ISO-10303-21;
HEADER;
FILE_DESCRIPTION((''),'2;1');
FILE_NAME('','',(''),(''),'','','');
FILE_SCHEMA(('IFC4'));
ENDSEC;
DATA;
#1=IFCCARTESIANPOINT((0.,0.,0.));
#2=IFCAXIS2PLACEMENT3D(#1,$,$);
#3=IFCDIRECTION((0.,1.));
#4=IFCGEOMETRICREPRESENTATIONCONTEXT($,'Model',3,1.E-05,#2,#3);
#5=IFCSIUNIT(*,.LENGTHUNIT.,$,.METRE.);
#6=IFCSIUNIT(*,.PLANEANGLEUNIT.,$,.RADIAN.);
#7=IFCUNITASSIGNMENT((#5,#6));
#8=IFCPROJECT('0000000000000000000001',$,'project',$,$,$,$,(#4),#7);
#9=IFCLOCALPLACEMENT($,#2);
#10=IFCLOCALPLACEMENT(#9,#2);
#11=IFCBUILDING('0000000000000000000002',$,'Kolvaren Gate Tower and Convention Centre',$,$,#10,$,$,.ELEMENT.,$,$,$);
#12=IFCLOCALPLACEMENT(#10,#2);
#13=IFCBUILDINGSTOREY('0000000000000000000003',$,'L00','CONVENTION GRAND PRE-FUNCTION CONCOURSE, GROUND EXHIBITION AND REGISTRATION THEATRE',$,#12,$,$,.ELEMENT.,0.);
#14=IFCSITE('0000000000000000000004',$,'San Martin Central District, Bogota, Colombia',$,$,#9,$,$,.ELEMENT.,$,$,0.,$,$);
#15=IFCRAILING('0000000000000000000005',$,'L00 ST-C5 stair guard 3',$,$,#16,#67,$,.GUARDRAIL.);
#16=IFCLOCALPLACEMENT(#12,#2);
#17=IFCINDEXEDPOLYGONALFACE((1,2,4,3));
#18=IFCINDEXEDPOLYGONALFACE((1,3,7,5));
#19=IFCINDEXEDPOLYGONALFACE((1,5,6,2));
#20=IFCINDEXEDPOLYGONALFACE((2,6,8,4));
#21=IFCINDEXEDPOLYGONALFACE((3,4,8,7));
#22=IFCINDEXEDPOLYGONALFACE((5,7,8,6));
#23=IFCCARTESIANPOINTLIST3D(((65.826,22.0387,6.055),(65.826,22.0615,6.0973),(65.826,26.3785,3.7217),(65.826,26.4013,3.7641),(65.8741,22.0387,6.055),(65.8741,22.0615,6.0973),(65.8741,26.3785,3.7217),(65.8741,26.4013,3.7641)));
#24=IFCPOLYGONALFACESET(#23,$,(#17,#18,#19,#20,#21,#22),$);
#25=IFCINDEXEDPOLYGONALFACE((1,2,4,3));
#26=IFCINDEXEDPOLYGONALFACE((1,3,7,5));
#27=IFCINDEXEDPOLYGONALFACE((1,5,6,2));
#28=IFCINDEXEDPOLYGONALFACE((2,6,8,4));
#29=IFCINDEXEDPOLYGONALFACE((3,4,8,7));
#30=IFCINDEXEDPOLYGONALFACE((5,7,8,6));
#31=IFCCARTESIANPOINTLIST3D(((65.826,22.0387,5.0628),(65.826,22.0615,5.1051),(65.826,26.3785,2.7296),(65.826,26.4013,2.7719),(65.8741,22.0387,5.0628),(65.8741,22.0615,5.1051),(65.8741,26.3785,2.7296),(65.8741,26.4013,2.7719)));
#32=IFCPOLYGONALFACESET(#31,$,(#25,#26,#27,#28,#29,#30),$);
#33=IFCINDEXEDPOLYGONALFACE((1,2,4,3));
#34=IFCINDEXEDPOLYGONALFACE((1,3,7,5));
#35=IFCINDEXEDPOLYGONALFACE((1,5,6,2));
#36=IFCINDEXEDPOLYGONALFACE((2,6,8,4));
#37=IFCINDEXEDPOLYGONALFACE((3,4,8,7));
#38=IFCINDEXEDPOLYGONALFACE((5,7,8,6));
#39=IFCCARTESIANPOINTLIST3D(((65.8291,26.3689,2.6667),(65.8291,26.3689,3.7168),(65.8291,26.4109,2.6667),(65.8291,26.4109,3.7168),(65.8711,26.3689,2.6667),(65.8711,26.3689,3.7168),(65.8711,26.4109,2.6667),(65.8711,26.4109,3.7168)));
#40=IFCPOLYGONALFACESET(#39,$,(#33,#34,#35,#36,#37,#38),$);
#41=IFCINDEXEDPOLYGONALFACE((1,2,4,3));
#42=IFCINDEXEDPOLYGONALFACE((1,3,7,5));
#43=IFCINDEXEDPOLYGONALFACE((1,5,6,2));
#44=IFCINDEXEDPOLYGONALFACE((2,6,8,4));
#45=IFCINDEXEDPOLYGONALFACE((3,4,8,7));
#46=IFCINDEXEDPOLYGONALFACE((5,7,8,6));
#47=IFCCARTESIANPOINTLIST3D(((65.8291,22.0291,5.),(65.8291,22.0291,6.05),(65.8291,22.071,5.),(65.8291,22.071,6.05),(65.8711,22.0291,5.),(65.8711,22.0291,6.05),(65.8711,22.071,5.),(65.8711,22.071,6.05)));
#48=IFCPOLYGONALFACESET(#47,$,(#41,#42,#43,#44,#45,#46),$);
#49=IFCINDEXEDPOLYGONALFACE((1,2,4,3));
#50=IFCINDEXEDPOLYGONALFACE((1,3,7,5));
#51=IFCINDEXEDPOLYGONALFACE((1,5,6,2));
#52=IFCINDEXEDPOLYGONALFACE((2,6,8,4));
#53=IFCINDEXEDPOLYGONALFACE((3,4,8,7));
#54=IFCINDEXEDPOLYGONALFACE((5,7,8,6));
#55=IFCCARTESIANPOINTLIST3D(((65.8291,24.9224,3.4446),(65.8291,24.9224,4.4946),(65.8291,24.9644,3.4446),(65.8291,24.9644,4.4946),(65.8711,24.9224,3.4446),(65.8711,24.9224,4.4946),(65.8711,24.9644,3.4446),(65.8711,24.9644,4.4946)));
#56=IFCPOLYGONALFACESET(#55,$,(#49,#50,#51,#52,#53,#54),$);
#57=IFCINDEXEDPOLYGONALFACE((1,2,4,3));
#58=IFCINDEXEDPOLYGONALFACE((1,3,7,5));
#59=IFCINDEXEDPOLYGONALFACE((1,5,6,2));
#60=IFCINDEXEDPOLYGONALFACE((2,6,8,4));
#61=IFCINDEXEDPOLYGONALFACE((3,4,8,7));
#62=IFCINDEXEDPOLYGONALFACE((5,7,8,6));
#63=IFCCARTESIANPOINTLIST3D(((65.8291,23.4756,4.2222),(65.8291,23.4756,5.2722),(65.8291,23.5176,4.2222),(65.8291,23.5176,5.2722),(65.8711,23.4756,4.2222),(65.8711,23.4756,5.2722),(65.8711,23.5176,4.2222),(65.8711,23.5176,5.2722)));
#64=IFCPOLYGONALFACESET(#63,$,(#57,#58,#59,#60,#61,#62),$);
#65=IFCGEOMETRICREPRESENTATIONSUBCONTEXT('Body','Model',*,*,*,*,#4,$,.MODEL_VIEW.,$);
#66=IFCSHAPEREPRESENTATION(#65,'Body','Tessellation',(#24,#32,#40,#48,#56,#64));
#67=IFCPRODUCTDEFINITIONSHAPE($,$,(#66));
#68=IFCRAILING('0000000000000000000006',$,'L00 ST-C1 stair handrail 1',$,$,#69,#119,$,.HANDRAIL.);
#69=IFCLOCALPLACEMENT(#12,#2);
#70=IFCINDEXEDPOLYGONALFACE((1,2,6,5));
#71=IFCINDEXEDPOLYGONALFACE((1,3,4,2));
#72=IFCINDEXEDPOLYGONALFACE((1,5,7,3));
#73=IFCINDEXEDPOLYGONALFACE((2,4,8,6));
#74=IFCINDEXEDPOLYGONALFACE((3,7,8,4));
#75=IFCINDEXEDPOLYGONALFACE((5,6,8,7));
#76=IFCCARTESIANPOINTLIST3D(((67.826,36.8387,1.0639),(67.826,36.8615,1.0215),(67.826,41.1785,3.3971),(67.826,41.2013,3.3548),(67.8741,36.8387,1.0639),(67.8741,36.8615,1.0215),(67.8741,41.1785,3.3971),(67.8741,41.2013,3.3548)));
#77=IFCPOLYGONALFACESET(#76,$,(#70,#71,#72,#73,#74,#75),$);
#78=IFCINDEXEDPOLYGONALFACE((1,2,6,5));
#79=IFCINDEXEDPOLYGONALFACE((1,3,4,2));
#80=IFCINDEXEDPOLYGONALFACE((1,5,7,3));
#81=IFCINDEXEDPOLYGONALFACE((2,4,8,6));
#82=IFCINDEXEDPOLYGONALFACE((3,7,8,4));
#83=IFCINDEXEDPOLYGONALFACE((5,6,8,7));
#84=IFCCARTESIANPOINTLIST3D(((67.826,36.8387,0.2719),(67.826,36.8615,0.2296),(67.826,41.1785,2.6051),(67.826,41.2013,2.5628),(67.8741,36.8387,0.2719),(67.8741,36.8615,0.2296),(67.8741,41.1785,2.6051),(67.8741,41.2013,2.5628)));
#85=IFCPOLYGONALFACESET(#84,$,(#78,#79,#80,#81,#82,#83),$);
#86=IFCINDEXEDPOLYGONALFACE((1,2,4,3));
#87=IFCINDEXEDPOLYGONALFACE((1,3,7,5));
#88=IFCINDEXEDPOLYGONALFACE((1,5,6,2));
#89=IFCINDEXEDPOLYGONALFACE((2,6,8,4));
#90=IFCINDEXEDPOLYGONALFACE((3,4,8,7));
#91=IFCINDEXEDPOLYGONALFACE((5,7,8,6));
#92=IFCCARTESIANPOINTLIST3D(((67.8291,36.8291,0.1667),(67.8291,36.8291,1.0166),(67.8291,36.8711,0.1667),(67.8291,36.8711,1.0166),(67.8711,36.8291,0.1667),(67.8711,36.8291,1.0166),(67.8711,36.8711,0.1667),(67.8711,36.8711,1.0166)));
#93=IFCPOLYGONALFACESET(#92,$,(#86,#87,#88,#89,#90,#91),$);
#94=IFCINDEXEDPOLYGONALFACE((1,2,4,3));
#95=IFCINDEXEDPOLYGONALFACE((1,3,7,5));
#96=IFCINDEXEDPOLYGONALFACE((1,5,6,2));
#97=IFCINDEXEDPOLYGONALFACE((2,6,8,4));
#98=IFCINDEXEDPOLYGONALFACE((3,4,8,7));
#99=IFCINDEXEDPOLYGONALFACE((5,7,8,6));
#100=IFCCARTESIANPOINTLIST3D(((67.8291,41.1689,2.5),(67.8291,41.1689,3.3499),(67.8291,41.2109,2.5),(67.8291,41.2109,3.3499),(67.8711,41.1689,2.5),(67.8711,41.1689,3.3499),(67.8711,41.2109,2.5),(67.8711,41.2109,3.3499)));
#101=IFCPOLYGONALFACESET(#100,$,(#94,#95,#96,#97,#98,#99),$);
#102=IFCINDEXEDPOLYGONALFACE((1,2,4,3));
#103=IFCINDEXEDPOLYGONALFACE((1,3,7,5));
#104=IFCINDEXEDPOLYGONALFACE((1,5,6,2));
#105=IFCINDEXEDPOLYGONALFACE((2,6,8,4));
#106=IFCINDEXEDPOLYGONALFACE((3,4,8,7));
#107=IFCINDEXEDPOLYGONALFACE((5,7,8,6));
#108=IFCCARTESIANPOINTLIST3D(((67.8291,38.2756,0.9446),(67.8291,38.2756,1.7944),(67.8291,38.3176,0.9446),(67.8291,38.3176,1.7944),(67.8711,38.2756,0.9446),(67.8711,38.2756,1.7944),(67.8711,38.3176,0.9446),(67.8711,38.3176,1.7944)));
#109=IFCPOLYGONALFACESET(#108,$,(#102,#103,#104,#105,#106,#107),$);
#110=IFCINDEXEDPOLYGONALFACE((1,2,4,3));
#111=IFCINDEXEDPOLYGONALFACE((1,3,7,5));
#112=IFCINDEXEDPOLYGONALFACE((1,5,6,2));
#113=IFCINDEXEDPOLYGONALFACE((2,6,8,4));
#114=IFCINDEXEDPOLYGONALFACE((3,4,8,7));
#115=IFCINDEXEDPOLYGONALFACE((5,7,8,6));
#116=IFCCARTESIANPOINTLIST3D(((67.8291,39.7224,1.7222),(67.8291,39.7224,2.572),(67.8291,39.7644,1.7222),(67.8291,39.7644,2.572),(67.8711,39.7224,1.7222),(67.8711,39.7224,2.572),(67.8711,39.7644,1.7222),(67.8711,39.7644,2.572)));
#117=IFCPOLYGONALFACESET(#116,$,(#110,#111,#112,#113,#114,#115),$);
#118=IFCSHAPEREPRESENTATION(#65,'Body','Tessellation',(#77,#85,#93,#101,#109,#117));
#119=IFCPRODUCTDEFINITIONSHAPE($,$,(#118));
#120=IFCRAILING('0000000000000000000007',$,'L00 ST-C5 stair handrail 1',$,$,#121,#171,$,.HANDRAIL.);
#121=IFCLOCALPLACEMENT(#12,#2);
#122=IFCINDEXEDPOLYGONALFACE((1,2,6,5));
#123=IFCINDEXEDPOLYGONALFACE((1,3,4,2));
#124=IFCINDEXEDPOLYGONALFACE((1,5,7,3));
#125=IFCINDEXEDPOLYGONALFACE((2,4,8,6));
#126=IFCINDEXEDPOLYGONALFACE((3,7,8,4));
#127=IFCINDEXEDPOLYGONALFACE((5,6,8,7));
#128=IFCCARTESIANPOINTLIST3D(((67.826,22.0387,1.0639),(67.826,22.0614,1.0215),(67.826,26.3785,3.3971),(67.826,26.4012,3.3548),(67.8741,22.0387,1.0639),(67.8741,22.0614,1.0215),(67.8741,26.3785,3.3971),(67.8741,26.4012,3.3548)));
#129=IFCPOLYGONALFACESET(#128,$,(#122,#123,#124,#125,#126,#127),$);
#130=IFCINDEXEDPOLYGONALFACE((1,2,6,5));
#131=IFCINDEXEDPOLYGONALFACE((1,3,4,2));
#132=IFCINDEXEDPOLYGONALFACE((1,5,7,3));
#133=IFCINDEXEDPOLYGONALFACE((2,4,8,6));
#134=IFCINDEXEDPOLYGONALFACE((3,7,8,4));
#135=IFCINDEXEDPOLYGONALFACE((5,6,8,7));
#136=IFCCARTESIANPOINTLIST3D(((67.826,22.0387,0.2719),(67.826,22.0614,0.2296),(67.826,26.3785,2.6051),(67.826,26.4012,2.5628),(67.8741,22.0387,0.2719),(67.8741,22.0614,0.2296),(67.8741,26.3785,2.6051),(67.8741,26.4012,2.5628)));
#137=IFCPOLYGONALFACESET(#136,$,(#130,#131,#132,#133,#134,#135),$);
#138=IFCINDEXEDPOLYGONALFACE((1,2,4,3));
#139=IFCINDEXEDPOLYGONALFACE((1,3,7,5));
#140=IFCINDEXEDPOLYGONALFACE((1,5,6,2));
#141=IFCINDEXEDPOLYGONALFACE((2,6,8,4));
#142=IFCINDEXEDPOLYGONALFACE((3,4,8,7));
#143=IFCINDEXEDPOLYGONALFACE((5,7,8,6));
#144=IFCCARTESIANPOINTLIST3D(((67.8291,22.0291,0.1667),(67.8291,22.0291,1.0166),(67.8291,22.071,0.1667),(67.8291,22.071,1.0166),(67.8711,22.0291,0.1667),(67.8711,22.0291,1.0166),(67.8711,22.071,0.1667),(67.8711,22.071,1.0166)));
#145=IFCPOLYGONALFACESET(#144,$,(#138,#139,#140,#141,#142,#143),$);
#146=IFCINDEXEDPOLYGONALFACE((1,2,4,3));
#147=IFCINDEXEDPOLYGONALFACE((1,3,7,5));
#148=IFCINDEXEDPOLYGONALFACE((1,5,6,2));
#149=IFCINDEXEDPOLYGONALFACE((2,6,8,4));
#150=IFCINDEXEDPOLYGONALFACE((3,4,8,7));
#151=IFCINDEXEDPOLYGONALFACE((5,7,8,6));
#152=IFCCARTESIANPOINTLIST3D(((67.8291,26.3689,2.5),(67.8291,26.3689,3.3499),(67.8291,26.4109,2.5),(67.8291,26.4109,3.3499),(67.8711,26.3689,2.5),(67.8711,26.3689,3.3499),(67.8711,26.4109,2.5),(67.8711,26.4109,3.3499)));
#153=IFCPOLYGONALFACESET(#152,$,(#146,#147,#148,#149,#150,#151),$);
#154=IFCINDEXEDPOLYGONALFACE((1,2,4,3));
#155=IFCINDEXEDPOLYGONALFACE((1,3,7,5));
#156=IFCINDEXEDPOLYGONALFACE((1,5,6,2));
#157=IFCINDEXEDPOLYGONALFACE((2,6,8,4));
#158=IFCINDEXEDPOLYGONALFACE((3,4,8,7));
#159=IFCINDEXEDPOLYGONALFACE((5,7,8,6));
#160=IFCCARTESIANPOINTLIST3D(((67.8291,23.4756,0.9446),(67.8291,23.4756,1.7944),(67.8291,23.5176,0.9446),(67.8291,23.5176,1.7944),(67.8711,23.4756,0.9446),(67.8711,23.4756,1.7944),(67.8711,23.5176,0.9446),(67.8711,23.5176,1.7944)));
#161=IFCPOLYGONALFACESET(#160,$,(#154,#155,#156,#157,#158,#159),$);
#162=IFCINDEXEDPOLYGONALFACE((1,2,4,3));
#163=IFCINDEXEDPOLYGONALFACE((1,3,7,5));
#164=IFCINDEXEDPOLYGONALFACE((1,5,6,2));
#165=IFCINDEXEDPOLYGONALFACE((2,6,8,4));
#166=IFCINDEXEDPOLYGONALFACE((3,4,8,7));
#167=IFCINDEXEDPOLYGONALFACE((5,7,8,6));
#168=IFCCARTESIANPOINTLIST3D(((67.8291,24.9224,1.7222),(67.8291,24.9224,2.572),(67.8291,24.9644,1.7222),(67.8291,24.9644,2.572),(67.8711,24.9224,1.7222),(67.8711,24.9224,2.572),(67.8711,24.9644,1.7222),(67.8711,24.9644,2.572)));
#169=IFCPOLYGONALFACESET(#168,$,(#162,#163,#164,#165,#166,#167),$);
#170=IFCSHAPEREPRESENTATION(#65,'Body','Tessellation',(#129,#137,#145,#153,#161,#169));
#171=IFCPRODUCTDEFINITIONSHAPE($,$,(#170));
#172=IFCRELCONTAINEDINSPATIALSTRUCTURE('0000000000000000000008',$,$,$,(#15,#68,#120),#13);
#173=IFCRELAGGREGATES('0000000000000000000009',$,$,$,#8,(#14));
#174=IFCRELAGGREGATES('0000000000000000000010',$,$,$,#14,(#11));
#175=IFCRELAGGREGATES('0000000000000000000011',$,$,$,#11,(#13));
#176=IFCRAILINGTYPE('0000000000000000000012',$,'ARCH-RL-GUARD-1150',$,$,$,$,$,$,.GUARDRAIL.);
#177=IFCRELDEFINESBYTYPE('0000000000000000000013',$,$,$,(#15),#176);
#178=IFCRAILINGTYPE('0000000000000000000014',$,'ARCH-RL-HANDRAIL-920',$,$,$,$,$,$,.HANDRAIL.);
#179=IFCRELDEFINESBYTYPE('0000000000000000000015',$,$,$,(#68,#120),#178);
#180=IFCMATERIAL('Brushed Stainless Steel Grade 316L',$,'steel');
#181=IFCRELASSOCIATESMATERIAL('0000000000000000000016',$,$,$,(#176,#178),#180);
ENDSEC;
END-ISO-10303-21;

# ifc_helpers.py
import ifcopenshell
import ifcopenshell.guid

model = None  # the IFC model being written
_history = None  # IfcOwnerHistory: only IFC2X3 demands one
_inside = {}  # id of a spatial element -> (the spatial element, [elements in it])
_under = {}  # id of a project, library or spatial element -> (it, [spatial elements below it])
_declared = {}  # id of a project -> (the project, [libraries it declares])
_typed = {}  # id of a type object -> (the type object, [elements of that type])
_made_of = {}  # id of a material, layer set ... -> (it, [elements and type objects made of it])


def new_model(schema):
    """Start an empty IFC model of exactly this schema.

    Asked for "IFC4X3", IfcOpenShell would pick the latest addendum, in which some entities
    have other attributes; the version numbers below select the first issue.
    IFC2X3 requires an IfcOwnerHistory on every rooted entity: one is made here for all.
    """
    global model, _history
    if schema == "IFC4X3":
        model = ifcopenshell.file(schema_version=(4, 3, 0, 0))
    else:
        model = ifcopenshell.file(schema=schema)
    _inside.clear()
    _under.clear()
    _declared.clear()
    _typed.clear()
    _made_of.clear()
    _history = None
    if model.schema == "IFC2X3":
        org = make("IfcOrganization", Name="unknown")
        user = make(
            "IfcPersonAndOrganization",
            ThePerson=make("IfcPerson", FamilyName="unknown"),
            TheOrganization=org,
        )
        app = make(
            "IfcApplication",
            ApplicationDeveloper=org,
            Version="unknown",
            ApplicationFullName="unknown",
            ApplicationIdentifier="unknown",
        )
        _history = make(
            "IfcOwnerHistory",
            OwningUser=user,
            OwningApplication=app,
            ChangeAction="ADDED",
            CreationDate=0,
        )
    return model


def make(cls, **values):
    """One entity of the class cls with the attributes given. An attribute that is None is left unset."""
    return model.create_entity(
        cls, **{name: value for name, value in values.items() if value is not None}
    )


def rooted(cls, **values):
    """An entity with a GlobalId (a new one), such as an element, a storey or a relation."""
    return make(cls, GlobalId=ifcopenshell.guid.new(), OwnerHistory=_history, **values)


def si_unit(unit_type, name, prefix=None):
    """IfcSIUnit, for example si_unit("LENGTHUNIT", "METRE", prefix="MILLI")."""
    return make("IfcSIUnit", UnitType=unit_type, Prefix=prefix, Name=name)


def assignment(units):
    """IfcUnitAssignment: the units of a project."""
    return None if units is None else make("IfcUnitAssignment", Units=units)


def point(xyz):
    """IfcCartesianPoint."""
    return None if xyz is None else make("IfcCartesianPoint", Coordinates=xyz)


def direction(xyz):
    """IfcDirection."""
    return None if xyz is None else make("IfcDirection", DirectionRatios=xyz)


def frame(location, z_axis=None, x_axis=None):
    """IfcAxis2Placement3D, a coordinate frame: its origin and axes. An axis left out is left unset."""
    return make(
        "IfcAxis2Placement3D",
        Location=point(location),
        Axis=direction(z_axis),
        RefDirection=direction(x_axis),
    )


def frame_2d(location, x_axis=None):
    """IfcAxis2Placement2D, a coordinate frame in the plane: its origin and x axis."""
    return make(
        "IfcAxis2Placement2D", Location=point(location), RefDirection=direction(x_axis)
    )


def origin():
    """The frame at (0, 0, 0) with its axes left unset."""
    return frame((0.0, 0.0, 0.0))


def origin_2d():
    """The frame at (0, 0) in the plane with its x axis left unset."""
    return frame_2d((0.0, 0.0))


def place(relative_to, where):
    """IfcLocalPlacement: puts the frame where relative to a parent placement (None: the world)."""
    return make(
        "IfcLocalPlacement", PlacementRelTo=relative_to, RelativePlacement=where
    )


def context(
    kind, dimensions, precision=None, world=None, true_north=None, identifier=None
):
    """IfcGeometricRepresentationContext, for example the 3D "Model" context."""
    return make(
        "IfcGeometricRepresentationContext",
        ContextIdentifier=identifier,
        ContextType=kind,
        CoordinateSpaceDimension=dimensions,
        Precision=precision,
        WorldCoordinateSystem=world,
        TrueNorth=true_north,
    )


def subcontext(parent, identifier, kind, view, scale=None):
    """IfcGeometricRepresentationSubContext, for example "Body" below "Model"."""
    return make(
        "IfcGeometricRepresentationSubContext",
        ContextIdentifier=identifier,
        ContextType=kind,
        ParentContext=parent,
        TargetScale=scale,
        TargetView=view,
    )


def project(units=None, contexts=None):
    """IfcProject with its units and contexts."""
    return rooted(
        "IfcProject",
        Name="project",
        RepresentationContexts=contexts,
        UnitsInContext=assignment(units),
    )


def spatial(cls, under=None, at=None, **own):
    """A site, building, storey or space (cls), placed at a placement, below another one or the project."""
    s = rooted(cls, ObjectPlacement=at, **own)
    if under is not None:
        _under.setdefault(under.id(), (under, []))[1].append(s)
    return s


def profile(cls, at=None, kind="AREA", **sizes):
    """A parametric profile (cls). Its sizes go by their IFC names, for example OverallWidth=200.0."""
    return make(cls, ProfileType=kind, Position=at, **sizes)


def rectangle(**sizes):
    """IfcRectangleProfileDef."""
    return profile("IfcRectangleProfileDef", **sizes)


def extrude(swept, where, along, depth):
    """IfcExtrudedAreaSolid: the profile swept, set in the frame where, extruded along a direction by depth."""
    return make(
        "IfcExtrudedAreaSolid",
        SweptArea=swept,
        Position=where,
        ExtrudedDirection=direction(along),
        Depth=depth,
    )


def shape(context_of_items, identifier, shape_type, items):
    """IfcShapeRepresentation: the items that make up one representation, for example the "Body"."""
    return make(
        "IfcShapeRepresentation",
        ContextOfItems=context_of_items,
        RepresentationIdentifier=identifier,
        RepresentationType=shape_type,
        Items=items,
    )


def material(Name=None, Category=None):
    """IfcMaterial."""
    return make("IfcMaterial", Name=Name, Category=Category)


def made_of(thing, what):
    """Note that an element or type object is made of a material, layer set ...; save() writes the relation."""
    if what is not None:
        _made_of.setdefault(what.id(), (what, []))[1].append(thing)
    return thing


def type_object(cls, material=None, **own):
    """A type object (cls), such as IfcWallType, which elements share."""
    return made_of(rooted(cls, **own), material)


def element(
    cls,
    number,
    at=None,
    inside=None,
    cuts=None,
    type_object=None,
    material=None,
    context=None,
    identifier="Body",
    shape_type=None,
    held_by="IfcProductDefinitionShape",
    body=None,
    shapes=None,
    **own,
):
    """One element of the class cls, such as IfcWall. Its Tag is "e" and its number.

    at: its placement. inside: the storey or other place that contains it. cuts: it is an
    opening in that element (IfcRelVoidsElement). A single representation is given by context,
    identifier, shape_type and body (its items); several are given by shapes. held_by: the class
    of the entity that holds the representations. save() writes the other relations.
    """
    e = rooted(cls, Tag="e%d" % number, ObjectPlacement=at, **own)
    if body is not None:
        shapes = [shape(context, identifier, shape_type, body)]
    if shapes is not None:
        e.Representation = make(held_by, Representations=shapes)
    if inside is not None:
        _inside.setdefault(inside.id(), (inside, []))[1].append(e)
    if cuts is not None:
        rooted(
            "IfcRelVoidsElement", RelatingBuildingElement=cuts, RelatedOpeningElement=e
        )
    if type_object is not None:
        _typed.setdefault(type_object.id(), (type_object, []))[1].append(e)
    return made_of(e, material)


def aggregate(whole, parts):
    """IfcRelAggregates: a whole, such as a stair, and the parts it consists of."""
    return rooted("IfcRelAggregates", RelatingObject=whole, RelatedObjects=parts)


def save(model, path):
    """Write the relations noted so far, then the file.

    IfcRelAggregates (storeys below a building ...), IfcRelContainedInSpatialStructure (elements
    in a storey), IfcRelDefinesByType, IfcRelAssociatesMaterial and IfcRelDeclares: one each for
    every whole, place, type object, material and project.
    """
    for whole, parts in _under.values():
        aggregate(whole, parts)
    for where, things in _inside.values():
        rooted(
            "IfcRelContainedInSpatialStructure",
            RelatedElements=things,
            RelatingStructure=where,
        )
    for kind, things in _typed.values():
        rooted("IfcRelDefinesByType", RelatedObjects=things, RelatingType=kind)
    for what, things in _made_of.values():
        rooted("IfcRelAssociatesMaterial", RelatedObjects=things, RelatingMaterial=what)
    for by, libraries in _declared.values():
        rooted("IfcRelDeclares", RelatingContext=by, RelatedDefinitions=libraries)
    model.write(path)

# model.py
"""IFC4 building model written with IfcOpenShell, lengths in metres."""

from ifc_helpers import new_model, si_unit, direction, frame, origin, origin_2d, place, context, subcontext, project, spatial, rectangle, extrude, material, type_object, element, save


model = new_model("IFC4")

# Units and contexts
model_context = context("Model", 3, precision=1e-05, world=origin(), true_north=direction((0.0, 1.0)))
body_context = subcontext(model_context, "Body", "Model", "MODEL_VIEW")
ifc_project = project(units=[si_unit("LENGTHUNIT", "METRE"), si_unit("PLANEANGLEUNIT", "RADIAN")], contexts=[model_context])

# Site, building, storey
site_placement = place(None, origin())
site = spatial("IfcSite", under=ifc_project, at=site_placement, Name="San Martin Central District, Bogota, Colombia", CompositionType="ELEMENT", RefElevation=0.0)
building_placement = place(site_placement, origin())
building = spatial("IfcBuilding", under=site, at=building_placement, Name="Kolvaren Gate Tower and Convention Centre", CompositionType="ELEMENT")
storey_placement = place(building_placement, origin())
storey = spatial("IfcBuildingStorey", under=building, at=storey_placement, Name="L00", Description="CONVENTION GRAND PRE-FUNCTION CONCOURSE, GROUND EXHIBITION AND REGISTRATION THEATRE", CompositionType="ELEMENT", Elevation=0.0)

# Railings
ifc_material_1 = material(Name="Brushed Stainless Steel Grade 316L", Category="steel")
railing_type_1 = type_object("IfcRailingType", Name="ARCH-RL-GUARD-1150", PredefinedType="GUARDRAIL", material=ifc_material_1)
railing_1_placement = place(storey_placement, frame((65.8501, 26.3899, 2.6667)))
element("IfcRailing", 1, at=railing_1_placement, inside=storey, type_object=railing_type_1, Name="L00 ST-C5 stair guard 3", PredefinedType="GUARDRAIL", context=body_context, shape_type="SweptSolid", body=[
    extrude(rectangle(XDim=0.0481, YDim=0.0481, at=origin_2d()), frame((0.0, 0.0, 1.0762), z_axis=(0.0, -0.880775, 0.473535), x_axis=(1.0, 0.0, 0.0)), (0.0, 0.0, 1.0), 4.9272),
    extrude(rectangle(XDim=0.0481, YDim=0.0481, at=origin_2d()), frame((0.0, 0.0, 0.084), z_axis=(0.0, -0.880775, 0.473535), x_axis=(1.0, 0.0, 0.0)), (0.0, 0.0, 1.0), 4.9272),
    extrude(rectangle(XDim=0.042, YDim=0.042, at=origin_2d()), origin(), (0.0, 0.0, 1.0), 1.05),
    extrude(rectangle(XDim=0.042, YDim=0.042, at=origin_2d()), frame((0.0, -4.3398, 2.3333)), (0.0, 0.0, 1.0), 1.05),
    extrude(rectangle(XDim=0.042, YDim=0.042, at=origin_2d()), frame((0.0, -1.4465, 0.7778)), (0.0, 0.0, 1.0), 1.05),
    extrude(rectangle(XDim=0.042, YDim=0.042, at=origin_2d()), frame((0.0, -2.8933, 1.5554)), (0.0, 0.0, 1.0), 1.05),
])
railing_type_2 = type_object("IfcRailingType", Name="ARCH-RL-HANDRAIL-920", PredefinedType="HANDRAIL", material=ifc_material_1)
for number, where, name in (
    (2, (67.8501, 36.8501, 0.1667), "L00 ST-C1 stair handrail 1"),
    (3, (67.8501, 22.05, 0.1667), "L00 ST-C5 stair handrail 1"),
):
    element("IfcRailing", number, at=place(storey_placement, frame(where)), inside=storey, type_object=railing_type_2, Name=name, PredefinedType="HANDRAIL", context=body_context, shape_type="SweptSolid", body=[
        extrude(rectangle(XDim=0.0481, YDim=0.0481, at=origin_2d()), frame((0.0, 0.0, 0.876), z_axis=(0.0, 0.880775, 0.473535), x_axis=(-1.0, 0.0, 0.0)), (0.0, 0.0, 1.0), 4.9272),
        extrude(rectangle(XDim=0.0481, YDim=0.0481, at=origin_2d()), frame((0.0, 0.0, 0.084), z_axis=(0.0, 0.880775, 0.473535), x_axis=(-1.0, 0.0, 0.0)), (0.0, 0.0, 1.0), 4.9272),
        extrude(rectangle(XDim=0.042, YDim=0.042, at=origin_2d()), origin(), (0.0, 0.0, 1.0), 0.8499),
        extrude(rectangle(XDim=0.042, YDim=0.042, at=origin_2d()), frame((0.0, 4.3398, 2.3333)), (0.0, 0.0, 1.0), 0.8499),
        extrude(rectangle(XDim=0.042, YDim=0.042, at=origin_2d()), frame((0.0, 1.4465, 0.7778)), (0.0, 0.0, 1.0), 0.8499),
        extrude(rectangle(XDim=0.042, YDim=0.042, at=origin_2d()), frame((0.0, 2.8933, 1.5554)), (0.0, 0.0, 1.0), 0.8499),
    ])

save(model, "model.ifc")
